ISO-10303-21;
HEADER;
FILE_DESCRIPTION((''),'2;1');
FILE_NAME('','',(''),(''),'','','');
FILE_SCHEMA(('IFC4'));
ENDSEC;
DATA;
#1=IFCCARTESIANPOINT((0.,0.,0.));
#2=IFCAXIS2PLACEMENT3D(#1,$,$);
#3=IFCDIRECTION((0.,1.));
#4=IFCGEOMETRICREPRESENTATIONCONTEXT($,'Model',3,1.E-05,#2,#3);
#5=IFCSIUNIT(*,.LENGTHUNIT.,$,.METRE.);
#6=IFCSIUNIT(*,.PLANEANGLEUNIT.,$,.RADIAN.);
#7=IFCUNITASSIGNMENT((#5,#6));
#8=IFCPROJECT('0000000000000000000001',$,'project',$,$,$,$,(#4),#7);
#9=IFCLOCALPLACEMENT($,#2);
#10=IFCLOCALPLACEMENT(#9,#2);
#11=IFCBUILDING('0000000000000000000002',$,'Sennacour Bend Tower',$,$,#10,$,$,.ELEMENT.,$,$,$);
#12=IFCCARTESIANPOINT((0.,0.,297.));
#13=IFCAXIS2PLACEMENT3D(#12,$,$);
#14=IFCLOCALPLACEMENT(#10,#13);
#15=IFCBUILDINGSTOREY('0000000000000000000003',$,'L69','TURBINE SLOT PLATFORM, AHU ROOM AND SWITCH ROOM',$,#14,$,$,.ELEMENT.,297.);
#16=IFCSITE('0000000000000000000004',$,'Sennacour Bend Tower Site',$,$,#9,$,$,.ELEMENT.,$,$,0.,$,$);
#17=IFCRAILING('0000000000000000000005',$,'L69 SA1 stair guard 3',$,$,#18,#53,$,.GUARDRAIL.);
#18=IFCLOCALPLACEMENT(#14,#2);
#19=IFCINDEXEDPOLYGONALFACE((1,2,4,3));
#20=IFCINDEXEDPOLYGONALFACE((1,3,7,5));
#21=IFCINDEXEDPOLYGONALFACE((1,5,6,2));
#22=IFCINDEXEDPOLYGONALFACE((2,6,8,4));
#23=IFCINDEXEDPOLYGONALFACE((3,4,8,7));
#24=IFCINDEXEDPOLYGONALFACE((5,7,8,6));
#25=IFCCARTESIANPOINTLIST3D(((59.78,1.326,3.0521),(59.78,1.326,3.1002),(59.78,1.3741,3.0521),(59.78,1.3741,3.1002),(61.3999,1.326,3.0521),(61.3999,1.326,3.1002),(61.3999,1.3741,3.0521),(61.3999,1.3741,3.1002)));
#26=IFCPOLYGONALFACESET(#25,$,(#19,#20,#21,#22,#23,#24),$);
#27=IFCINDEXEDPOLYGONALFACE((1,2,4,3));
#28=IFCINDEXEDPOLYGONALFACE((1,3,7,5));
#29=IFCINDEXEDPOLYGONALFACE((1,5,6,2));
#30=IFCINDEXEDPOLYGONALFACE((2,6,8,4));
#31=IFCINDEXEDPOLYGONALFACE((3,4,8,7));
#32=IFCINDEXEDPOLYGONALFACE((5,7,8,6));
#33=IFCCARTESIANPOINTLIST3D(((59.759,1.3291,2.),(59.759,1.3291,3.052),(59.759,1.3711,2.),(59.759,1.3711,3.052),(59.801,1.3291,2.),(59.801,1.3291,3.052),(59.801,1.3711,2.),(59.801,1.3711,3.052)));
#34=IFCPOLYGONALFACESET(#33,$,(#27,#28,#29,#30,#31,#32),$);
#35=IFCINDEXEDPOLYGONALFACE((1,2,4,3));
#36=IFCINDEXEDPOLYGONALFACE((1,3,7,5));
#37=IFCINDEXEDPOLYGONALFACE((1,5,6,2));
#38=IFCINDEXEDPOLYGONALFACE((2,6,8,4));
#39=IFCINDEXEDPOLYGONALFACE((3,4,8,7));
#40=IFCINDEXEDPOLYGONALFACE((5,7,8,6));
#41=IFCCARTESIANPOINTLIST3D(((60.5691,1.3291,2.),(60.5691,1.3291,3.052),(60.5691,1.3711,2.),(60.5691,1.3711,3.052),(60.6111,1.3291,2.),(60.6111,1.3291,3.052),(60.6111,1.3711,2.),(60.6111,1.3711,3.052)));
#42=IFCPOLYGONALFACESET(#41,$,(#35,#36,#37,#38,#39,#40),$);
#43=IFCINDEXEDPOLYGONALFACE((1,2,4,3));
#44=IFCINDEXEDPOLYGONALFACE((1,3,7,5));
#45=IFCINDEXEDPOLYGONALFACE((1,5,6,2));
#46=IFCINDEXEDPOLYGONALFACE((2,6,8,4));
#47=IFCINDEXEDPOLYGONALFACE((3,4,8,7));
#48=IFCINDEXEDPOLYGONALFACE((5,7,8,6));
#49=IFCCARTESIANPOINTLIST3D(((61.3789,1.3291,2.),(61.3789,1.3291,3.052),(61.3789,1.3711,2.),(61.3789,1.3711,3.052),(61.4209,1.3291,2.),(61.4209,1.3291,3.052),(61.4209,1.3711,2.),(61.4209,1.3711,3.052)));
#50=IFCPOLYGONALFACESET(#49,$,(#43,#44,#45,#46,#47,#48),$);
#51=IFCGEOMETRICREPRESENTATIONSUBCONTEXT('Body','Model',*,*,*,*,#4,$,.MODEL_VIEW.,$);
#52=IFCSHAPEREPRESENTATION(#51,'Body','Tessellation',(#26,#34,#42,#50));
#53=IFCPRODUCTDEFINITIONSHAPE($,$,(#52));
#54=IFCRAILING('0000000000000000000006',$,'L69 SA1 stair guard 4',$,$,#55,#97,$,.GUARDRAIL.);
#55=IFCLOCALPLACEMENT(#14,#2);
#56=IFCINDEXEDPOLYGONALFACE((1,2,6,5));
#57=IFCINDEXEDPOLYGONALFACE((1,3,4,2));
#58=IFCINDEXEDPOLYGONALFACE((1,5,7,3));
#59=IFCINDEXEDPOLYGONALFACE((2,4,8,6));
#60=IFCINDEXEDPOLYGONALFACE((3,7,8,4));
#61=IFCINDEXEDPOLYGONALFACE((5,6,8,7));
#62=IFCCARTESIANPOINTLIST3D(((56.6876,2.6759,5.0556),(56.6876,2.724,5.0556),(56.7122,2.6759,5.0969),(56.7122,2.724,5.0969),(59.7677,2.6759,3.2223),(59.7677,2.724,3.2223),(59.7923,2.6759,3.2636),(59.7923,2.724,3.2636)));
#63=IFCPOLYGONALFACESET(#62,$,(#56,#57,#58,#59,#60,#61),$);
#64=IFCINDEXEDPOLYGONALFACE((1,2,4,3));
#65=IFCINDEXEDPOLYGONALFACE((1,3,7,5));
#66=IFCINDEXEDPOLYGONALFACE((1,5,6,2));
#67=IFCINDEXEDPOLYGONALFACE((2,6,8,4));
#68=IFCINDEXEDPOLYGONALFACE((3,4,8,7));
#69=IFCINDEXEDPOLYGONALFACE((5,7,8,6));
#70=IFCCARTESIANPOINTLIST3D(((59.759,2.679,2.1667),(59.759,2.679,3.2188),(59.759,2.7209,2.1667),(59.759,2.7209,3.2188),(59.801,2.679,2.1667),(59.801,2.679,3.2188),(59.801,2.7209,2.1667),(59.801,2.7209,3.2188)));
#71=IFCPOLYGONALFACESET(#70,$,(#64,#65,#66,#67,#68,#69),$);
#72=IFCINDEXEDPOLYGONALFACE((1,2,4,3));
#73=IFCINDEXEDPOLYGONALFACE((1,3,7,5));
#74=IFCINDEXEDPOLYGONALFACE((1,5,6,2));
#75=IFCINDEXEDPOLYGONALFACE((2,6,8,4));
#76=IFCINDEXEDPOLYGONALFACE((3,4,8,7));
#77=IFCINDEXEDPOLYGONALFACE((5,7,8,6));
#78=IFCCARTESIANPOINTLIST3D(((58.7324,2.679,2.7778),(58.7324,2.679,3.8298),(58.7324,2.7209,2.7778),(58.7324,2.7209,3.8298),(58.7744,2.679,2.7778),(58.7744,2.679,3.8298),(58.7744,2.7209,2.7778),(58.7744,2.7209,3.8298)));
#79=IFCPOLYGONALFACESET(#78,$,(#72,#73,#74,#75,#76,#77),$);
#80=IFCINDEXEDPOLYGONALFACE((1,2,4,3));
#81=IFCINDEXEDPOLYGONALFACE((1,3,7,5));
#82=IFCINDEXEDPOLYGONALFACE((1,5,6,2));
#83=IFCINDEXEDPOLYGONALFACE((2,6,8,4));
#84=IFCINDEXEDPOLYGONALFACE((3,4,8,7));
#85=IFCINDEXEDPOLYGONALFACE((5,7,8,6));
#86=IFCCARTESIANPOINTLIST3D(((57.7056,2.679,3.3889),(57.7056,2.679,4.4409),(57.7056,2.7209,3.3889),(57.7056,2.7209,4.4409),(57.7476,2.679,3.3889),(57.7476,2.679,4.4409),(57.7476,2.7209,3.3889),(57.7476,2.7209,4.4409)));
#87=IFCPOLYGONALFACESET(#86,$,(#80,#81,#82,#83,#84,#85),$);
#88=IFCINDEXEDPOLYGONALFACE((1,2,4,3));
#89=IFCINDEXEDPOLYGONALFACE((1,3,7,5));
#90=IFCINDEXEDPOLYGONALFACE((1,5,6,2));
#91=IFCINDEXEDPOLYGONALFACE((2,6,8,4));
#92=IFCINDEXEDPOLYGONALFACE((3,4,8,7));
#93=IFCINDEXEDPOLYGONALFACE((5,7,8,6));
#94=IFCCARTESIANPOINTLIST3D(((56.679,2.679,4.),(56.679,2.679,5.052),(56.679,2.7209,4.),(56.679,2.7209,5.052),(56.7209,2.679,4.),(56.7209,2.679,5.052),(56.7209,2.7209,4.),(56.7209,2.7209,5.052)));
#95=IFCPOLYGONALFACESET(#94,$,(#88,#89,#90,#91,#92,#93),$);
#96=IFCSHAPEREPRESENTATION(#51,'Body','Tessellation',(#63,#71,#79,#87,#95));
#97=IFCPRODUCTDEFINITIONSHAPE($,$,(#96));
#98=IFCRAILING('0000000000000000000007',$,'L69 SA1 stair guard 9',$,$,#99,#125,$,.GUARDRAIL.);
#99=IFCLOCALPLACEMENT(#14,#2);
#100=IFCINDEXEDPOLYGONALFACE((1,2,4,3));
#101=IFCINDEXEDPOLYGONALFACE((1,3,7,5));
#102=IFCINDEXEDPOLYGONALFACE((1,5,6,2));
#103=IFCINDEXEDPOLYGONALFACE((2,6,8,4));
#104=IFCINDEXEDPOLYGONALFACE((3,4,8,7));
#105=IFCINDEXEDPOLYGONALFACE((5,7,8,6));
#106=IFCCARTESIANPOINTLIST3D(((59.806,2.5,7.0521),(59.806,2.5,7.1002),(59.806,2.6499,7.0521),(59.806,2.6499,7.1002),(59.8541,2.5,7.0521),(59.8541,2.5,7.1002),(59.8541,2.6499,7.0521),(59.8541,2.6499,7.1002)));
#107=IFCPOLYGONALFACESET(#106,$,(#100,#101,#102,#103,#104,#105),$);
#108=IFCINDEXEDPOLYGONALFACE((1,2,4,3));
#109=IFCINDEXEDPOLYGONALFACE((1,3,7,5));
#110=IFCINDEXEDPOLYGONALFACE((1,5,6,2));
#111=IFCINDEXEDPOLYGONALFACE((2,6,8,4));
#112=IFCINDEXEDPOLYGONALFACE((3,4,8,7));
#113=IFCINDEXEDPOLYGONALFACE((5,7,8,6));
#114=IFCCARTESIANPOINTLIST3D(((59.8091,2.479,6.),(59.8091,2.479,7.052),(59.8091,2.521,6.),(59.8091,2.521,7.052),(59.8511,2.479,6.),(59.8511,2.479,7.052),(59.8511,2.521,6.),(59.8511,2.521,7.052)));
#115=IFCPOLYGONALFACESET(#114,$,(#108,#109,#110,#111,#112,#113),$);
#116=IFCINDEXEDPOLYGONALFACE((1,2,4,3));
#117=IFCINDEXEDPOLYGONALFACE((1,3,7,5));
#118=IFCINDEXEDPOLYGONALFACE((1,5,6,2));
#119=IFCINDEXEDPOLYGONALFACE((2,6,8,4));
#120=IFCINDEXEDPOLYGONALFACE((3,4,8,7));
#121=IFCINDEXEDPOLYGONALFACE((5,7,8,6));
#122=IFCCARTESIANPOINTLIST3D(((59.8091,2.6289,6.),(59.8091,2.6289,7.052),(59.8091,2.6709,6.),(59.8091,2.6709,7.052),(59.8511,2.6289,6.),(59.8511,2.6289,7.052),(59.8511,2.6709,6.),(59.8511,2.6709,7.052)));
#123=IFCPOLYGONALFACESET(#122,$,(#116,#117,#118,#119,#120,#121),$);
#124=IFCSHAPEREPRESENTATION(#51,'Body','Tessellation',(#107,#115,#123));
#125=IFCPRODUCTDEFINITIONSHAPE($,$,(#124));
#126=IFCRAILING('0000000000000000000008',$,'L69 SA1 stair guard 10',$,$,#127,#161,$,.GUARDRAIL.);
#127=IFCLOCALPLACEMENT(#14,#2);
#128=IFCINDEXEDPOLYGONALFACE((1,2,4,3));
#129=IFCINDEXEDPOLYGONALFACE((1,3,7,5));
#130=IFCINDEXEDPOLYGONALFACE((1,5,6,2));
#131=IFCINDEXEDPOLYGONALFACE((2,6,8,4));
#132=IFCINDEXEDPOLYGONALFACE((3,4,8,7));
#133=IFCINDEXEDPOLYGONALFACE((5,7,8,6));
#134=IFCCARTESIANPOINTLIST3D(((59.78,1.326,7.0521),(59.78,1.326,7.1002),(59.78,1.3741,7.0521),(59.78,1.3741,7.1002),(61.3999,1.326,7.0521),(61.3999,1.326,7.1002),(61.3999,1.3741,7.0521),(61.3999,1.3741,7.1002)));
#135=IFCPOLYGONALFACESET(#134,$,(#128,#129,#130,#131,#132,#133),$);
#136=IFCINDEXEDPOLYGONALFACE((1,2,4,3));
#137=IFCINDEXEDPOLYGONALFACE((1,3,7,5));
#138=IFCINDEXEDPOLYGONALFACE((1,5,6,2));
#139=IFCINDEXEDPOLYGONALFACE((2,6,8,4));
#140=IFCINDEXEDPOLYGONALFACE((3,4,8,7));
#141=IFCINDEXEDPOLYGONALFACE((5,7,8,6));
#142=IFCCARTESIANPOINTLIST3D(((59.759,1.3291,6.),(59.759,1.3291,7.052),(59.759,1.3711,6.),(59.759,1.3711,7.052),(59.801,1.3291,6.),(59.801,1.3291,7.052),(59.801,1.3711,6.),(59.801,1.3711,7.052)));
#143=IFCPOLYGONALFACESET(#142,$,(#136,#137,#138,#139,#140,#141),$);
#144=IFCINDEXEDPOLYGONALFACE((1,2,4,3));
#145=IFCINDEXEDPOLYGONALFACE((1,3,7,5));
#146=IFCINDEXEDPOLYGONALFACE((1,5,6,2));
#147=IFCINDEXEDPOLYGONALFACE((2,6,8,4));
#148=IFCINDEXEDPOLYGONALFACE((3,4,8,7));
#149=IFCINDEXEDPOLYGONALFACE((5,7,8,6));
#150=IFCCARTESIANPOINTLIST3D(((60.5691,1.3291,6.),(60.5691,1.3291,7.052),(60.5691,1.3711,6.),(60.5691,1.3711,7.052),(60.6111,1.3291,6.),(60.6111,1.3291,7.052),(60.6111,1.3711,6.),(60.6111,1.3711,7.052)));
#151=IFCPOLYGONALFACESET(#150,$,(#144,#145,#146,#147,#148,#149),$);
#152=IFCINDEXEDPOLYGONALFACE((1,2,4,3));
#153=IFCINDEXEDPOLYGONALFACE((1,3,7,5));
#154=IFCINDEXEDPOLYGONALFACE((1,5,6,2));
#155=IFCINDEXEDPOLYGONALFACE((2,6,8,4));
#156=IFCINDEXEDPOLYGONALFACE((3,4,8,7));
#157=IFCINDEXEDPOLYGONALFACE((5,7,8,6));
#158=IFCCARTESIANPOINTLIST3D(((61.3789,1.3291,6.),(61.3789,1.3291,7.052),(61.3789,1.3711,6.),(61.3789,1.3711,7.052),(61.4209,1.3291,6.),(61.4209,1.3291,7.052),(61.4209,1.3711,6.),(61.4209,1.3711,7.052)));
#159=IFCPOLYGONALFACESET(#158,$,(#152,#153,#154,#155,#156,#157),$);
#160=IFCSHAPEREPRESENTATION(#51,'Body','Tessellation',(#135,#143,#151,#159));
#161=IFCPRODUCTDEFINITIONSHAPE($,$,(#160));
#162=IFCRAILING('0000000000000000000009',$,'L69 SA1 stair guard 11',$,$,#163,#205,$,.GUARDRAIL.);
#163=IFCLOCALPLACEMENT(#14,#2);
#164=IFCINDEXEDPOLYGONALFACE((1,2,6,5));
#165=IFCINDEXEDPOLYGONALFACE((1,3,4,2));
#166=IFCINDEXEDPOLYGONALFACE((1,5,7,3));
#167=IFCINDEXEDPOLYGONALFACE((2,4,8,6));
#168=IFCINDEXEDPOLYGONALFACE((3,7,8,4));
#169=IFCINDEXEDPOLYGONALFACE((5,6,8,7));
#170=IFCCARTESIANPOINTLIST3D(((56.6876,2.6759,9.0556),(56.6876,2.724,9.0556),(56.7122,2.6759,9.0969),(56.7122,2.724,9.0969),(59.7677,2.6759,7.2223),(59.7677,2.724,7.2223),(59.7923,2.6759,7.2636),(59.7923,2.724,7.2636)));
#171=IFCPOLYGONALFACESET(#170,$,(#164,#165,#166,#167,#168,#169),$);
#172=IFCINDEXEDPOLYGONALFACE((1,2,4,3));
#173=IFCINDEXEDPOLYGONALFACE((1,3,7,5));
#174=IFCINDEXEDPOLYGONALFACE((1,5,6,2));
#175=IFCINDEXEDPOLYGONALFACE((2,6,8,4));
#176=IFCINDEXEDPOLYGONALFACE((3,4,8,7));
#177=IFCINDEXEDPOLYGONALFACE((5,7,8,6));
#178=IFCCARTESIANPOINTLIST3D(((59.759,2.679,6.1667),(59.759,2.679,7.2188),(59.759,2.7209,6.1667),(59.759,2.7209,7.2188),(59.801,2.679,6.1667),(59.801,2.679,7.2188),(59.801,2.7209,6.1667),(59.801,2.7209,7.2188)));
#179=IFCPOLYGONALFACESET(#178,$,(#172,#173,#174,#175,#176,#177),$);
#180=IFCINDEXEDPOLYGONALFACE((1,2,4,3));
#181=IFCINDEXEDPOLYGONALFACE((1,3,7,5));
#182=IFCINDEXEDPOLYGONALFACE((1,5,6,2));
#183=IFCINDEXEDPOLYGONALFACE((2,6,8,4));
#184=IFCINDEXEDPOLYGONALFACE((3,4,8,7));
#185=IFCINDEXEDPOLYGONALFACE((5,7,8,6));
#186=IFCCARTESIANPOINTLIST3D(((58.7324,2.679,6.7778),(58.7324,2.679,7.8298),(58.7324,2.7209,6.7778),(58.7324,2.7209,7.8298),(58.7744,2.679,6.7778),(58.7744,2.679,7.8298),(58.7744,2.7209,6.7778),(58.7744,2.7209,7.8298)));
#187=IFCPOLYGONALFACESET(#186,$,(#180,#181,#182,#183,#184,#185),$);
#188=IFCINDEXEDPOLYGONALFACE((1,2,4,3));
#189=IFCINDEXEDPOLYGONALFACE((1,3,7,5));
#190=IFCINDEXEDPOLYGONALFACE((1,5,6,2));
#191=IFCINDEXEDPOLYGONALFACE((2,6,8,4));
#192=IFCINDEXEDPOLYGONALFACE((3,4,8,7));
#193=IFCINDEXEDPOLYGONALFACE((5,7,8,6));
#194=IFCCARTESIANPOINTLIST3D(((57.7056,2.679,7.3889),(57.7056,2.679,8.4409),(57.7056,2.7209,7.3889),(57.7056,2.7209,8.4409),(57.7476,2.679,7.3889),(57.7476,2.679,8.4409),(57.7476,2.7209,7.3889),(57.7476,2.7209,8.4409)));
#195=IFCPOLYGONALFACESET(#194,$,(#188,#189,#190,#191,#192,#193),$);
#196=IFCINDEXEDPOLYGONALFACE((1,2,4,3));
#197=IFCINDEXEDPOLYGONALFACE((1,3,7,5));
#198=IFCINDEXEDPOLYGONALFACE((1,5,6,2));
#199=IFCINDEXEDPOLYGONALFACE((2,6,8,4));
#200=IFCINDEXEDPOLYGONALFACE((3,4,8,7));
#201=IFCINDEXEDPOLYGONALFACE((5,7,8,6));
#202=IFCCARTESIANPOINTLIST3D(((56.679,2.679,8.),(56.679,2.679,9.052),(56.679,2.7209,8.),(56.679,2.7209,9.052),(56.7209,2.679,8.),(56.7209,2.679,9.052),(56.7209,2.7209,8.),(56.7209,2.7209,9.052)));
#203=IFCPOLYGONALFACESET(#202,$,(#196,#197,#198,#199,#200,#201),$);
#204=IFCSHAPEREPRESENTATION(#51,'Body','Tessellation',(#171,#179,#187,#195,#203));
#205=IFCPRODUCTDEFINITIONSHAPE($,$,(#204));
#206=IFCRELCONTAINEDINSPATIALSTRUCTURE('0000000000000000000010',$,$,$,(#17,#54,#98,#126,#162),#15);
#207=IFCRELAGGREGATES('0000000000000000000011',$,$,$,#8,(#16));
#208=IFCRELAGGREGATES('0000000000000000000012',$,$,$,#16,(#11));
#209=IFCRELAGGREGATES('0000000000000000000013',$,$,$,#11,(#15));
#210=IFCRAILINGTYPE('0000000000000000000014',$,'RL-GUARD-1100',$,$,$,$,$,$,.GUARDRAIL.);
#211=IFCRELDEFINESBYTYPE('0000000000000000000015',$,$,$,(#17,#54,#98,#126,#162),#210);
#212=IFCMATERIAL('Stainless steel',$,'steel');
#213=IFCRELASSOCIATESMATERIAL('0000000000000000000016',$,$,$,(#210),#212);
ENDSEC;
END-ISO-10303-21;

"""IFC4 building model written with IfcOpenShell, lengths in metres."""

from ifc_helpers import new_model, si_unit, direction, frame, origin, origin_2d, place, context, subcontext, project, spatial, rectangle, extrude, material, type_object, element, save


model = new_model("IFC4")

# Units and contexts
model_context = context("Model", 3, precision=1e-05, world=origin(), true_north=direction((0.0, 1.0)))
body_context = subcontext(model_context, "Body", "Model", "MODEL_VIEW")
ifc_project = project(units=[si_unit("LENGTHUNIT", "METRE"), si_unit("PLANEANGLEUNIT", "RADIAN")], contexts=[model_context])

# Site, building, storey
site_placement = place(None, origin())
site = spatial("IfcSite", under=ifc_project, at=site_placement, Name="Sennacour Bend Tower Site", CompositionType="ELEMENT", RefElevation=0.0)
building_placement = place(site_placement, origin())
building = spatial("IfcBuilding", under=site, at=building_placement, Name="Sennacour Bend Tower", CompositionType="ELEMENT")
storey_placement = place(building_placement, frame((0.0, 0.0, 297.0)))
storey = spatial("IfcBuildingStorey", under=building, at=storey_placement, Name="L69", Description="TURBINE SLOT PLATFORM, AHU ROOM AND SWITCH ROOM", CompositionType="ELEMENT", Elevation=297.0)

# Shared definitions
ifc_material_1 = material(Name="Stainless steel", Category="steel")

# Railings
railing_type_1 = type_object("IfcRailingType", Name="RL-GUARD-1100", PredefinedType="GUARDRAIL", material=ifc_material_1)
railing_1_placement = place(storey_placement, frame((59.78, 1.3501, 2.0)))
element("IfcRailing", 1, at=railing_1_placement, inside=storey, type_object=railing_type_1, Name="L69 SA1 stair guard 3", PredefinedType="GUARDRAIL", context=body_context, shape_type="SweptSolid", body=[
    extrude(rectangle(XDim=0.0481, YDim=0.0481, at=origin_2d()), frame((0.0, 0.0, 1.0762), z_axis=(1.0, 0.0, 0.0), x_axis=(0.0, 1.0, 0.0)), (0.0, 0.0, 1.0), 1.6199),
    extrude(rectangle(XDim=0.042, YDim=0.042, at=origin_2d()), origin(), (0.0, 0.0, 1.0), 1.052),
    extrude(rectangle(XDim=0.042, YDim=0.042, at=origin_2d()), frame((0.8101, 0.0, 0.0)), (0.0, 0.0, 1.0), 1.052),
    extrude(rectangle(XDim=0.042, YDim=0.042, at=origin_2d()), frame((1.6199, 0.0, 0.0)), (0.0, 0.0, 1.0), 1.052),
])
railing_2_placement = place(storey_placement, frame((59.78, 2.7, 2.1667)))
element("IfcRailing", 2, at=railing_2_placement, inside=storey, type_object=railing_type_1, Name="L69 SA1 stair guard 4", PredefinedType="GUARDRAIL", context=body_context, shape_type="SweptSolid", body=[
    extrude(rectangle(XDim=0.0481, YDim=0.0481, at=origin_2d()), frame((0.0, 0.0, 1.0762), z_axis=(-0.859309, 0.0, 0.511458), x_axis=(0.0, -1.0, 0.0)), (0.0, 0.0, 1.0), 3.5845),
    extrude(rectangle(XDim=0.042, YDim=0.042, at=origin_2d()), origin(), (0.0, 0.0, 1.0), 1.052),
    extrude(rectangle(XDim=0.042, YDim=0.042, at=origin_2d()), frame((-1.0266, 0.0, 0.6111)), (0.0, 0.0, 1.0), 1.052),
    extrude(rectangle(XDim=0.042, YDim=0.042, at=origin_2d()), frame((-2.0535, 0.0, 1.2222)), (0.0, 0.0, 1.0), 1.052),
    extrude(rectangle(XDim=0.042, YDim=0.042, at=origin_2d()), frame((-3.0801, 0.0, 1.8333)), (0.0, 0.0, 1.0), 1.052),
])
railing_3_placement = place(storey_placement, frame((59.8301, 2.5, 6.0)))
element("IfcRailing", 3, at=railing_3_placement, inside=storey, type_object=railing_type_1, Name="L69 SA1 stair guard 9", PredefinedType="GUARDRAIL", context=body_context, shape_type="SweptSolid", body=[
    extrude(rectangle(XDim=0.0481, YDim=0.0481, at=origin_2d()), frame((0.0, 0.0, 1.0762), z_axis=(0.0, 1.0, 0.0), x_axis=(-1.0, 0.0, 0.0)), (0.0, 0.0, 1.0), 0.1499),
    extrude(rectangle(XDim=0.042, YDim=0.042, at=origin_2d()), origin(), (0.0, 0.0, 1.0), 1.052),
    extrude(rectangle(XDim=0.042, YDim=0.042, at=origin_2d()), frame((0.0, 0.1499, 0.0)), (0.0, 0.0, 1.0), 1.052),
])
railing_4_placement = place(storey_placement, frame((59.78, 1.3501, 6.0)))
element("IfcRailing", 4, at=railing_4_placement, inside=storey, type_object=railing_type_1, Name="L69 SA1 stair guard 10", PredefinedType="GUARDRAIL", context=body_context, shape_type="SweptSolid", body=[
    extrude(rectangle(XDim=0.0481, YDim=0.0481, at=origin_2d()), frame((0.0, 0.0, 1.0762), z_axis=(1.0, 0.0, 0.0), x_axis=(0.0, 1.0, 0.0)), (0.0, 0.0, 1.0), 1.6199),
    extrude(rectangle(XDim=0.042, YDim=0.042, at=origin_2d()), origin(), (0.0, 0.0, 1.0), 1.052),
    extrude(rectangle(XDim=0.042, YDim=0.042, at=origin_2d()), frame((0.8101, 0.0, 0.0)), (0.0, 0.0, 1.0), 1.052),
    extrude(rectangle(XDim=0.042, YDim=0.042, at=origin_2d()), frame((1.6199, 0.0, 0.0)), (0.0, 0.0, 1.0), 1.052),
])
railing_5_placement = place(storey_placement, frame((59.78, 2.7, 6.1667)))
element("IfcRailing", 5, at=railing_5_placement, inside=storey, type_object=railing_type_1, Name="L69 SA1 stair guard 11", PredefinedType="GUARDRAIL", context=body_context, shape_type="SweptSolid", body=[
    extrude(rectangle(XDim=0.0481, YDim=0.0481, at=origin_2d()), frame((0.0, 0.0, 1.0762), z_axis=(-0.859309, 0.0, 0.511458), x_axis=(0.0, -1.0, 0.0)), (0.0, 0.0, 1.0), 3.5845),
    extrude(rectangle(XDim=0.042, YDim=0.042, at=origin_2d()), origin(), (0.0, 0.0, 1.0), 1.052),
    extrude(rectangle(XDim=0.042, YDim=0.042, at=origin_2d()), frame((-1.0266, 0.0, 0.6111)), (0.0, 0.0, 1.0), 1.052),
    extrude(rectangle(XDim=0.042, YDim=0.042, at=origin_2d()), frame((-2.0535, 0.0, 1.2222)), (0.0, 0.0, 1.0), 1.052),
    extrude(rectangle(XDim=0.042, YDim=0.042, at=origin_2d()), frame((-3.0801, 0.0, 1.8333)), (0.0, 0.0, 1.0), 1.052),
])

save(model, "model.ifc")
